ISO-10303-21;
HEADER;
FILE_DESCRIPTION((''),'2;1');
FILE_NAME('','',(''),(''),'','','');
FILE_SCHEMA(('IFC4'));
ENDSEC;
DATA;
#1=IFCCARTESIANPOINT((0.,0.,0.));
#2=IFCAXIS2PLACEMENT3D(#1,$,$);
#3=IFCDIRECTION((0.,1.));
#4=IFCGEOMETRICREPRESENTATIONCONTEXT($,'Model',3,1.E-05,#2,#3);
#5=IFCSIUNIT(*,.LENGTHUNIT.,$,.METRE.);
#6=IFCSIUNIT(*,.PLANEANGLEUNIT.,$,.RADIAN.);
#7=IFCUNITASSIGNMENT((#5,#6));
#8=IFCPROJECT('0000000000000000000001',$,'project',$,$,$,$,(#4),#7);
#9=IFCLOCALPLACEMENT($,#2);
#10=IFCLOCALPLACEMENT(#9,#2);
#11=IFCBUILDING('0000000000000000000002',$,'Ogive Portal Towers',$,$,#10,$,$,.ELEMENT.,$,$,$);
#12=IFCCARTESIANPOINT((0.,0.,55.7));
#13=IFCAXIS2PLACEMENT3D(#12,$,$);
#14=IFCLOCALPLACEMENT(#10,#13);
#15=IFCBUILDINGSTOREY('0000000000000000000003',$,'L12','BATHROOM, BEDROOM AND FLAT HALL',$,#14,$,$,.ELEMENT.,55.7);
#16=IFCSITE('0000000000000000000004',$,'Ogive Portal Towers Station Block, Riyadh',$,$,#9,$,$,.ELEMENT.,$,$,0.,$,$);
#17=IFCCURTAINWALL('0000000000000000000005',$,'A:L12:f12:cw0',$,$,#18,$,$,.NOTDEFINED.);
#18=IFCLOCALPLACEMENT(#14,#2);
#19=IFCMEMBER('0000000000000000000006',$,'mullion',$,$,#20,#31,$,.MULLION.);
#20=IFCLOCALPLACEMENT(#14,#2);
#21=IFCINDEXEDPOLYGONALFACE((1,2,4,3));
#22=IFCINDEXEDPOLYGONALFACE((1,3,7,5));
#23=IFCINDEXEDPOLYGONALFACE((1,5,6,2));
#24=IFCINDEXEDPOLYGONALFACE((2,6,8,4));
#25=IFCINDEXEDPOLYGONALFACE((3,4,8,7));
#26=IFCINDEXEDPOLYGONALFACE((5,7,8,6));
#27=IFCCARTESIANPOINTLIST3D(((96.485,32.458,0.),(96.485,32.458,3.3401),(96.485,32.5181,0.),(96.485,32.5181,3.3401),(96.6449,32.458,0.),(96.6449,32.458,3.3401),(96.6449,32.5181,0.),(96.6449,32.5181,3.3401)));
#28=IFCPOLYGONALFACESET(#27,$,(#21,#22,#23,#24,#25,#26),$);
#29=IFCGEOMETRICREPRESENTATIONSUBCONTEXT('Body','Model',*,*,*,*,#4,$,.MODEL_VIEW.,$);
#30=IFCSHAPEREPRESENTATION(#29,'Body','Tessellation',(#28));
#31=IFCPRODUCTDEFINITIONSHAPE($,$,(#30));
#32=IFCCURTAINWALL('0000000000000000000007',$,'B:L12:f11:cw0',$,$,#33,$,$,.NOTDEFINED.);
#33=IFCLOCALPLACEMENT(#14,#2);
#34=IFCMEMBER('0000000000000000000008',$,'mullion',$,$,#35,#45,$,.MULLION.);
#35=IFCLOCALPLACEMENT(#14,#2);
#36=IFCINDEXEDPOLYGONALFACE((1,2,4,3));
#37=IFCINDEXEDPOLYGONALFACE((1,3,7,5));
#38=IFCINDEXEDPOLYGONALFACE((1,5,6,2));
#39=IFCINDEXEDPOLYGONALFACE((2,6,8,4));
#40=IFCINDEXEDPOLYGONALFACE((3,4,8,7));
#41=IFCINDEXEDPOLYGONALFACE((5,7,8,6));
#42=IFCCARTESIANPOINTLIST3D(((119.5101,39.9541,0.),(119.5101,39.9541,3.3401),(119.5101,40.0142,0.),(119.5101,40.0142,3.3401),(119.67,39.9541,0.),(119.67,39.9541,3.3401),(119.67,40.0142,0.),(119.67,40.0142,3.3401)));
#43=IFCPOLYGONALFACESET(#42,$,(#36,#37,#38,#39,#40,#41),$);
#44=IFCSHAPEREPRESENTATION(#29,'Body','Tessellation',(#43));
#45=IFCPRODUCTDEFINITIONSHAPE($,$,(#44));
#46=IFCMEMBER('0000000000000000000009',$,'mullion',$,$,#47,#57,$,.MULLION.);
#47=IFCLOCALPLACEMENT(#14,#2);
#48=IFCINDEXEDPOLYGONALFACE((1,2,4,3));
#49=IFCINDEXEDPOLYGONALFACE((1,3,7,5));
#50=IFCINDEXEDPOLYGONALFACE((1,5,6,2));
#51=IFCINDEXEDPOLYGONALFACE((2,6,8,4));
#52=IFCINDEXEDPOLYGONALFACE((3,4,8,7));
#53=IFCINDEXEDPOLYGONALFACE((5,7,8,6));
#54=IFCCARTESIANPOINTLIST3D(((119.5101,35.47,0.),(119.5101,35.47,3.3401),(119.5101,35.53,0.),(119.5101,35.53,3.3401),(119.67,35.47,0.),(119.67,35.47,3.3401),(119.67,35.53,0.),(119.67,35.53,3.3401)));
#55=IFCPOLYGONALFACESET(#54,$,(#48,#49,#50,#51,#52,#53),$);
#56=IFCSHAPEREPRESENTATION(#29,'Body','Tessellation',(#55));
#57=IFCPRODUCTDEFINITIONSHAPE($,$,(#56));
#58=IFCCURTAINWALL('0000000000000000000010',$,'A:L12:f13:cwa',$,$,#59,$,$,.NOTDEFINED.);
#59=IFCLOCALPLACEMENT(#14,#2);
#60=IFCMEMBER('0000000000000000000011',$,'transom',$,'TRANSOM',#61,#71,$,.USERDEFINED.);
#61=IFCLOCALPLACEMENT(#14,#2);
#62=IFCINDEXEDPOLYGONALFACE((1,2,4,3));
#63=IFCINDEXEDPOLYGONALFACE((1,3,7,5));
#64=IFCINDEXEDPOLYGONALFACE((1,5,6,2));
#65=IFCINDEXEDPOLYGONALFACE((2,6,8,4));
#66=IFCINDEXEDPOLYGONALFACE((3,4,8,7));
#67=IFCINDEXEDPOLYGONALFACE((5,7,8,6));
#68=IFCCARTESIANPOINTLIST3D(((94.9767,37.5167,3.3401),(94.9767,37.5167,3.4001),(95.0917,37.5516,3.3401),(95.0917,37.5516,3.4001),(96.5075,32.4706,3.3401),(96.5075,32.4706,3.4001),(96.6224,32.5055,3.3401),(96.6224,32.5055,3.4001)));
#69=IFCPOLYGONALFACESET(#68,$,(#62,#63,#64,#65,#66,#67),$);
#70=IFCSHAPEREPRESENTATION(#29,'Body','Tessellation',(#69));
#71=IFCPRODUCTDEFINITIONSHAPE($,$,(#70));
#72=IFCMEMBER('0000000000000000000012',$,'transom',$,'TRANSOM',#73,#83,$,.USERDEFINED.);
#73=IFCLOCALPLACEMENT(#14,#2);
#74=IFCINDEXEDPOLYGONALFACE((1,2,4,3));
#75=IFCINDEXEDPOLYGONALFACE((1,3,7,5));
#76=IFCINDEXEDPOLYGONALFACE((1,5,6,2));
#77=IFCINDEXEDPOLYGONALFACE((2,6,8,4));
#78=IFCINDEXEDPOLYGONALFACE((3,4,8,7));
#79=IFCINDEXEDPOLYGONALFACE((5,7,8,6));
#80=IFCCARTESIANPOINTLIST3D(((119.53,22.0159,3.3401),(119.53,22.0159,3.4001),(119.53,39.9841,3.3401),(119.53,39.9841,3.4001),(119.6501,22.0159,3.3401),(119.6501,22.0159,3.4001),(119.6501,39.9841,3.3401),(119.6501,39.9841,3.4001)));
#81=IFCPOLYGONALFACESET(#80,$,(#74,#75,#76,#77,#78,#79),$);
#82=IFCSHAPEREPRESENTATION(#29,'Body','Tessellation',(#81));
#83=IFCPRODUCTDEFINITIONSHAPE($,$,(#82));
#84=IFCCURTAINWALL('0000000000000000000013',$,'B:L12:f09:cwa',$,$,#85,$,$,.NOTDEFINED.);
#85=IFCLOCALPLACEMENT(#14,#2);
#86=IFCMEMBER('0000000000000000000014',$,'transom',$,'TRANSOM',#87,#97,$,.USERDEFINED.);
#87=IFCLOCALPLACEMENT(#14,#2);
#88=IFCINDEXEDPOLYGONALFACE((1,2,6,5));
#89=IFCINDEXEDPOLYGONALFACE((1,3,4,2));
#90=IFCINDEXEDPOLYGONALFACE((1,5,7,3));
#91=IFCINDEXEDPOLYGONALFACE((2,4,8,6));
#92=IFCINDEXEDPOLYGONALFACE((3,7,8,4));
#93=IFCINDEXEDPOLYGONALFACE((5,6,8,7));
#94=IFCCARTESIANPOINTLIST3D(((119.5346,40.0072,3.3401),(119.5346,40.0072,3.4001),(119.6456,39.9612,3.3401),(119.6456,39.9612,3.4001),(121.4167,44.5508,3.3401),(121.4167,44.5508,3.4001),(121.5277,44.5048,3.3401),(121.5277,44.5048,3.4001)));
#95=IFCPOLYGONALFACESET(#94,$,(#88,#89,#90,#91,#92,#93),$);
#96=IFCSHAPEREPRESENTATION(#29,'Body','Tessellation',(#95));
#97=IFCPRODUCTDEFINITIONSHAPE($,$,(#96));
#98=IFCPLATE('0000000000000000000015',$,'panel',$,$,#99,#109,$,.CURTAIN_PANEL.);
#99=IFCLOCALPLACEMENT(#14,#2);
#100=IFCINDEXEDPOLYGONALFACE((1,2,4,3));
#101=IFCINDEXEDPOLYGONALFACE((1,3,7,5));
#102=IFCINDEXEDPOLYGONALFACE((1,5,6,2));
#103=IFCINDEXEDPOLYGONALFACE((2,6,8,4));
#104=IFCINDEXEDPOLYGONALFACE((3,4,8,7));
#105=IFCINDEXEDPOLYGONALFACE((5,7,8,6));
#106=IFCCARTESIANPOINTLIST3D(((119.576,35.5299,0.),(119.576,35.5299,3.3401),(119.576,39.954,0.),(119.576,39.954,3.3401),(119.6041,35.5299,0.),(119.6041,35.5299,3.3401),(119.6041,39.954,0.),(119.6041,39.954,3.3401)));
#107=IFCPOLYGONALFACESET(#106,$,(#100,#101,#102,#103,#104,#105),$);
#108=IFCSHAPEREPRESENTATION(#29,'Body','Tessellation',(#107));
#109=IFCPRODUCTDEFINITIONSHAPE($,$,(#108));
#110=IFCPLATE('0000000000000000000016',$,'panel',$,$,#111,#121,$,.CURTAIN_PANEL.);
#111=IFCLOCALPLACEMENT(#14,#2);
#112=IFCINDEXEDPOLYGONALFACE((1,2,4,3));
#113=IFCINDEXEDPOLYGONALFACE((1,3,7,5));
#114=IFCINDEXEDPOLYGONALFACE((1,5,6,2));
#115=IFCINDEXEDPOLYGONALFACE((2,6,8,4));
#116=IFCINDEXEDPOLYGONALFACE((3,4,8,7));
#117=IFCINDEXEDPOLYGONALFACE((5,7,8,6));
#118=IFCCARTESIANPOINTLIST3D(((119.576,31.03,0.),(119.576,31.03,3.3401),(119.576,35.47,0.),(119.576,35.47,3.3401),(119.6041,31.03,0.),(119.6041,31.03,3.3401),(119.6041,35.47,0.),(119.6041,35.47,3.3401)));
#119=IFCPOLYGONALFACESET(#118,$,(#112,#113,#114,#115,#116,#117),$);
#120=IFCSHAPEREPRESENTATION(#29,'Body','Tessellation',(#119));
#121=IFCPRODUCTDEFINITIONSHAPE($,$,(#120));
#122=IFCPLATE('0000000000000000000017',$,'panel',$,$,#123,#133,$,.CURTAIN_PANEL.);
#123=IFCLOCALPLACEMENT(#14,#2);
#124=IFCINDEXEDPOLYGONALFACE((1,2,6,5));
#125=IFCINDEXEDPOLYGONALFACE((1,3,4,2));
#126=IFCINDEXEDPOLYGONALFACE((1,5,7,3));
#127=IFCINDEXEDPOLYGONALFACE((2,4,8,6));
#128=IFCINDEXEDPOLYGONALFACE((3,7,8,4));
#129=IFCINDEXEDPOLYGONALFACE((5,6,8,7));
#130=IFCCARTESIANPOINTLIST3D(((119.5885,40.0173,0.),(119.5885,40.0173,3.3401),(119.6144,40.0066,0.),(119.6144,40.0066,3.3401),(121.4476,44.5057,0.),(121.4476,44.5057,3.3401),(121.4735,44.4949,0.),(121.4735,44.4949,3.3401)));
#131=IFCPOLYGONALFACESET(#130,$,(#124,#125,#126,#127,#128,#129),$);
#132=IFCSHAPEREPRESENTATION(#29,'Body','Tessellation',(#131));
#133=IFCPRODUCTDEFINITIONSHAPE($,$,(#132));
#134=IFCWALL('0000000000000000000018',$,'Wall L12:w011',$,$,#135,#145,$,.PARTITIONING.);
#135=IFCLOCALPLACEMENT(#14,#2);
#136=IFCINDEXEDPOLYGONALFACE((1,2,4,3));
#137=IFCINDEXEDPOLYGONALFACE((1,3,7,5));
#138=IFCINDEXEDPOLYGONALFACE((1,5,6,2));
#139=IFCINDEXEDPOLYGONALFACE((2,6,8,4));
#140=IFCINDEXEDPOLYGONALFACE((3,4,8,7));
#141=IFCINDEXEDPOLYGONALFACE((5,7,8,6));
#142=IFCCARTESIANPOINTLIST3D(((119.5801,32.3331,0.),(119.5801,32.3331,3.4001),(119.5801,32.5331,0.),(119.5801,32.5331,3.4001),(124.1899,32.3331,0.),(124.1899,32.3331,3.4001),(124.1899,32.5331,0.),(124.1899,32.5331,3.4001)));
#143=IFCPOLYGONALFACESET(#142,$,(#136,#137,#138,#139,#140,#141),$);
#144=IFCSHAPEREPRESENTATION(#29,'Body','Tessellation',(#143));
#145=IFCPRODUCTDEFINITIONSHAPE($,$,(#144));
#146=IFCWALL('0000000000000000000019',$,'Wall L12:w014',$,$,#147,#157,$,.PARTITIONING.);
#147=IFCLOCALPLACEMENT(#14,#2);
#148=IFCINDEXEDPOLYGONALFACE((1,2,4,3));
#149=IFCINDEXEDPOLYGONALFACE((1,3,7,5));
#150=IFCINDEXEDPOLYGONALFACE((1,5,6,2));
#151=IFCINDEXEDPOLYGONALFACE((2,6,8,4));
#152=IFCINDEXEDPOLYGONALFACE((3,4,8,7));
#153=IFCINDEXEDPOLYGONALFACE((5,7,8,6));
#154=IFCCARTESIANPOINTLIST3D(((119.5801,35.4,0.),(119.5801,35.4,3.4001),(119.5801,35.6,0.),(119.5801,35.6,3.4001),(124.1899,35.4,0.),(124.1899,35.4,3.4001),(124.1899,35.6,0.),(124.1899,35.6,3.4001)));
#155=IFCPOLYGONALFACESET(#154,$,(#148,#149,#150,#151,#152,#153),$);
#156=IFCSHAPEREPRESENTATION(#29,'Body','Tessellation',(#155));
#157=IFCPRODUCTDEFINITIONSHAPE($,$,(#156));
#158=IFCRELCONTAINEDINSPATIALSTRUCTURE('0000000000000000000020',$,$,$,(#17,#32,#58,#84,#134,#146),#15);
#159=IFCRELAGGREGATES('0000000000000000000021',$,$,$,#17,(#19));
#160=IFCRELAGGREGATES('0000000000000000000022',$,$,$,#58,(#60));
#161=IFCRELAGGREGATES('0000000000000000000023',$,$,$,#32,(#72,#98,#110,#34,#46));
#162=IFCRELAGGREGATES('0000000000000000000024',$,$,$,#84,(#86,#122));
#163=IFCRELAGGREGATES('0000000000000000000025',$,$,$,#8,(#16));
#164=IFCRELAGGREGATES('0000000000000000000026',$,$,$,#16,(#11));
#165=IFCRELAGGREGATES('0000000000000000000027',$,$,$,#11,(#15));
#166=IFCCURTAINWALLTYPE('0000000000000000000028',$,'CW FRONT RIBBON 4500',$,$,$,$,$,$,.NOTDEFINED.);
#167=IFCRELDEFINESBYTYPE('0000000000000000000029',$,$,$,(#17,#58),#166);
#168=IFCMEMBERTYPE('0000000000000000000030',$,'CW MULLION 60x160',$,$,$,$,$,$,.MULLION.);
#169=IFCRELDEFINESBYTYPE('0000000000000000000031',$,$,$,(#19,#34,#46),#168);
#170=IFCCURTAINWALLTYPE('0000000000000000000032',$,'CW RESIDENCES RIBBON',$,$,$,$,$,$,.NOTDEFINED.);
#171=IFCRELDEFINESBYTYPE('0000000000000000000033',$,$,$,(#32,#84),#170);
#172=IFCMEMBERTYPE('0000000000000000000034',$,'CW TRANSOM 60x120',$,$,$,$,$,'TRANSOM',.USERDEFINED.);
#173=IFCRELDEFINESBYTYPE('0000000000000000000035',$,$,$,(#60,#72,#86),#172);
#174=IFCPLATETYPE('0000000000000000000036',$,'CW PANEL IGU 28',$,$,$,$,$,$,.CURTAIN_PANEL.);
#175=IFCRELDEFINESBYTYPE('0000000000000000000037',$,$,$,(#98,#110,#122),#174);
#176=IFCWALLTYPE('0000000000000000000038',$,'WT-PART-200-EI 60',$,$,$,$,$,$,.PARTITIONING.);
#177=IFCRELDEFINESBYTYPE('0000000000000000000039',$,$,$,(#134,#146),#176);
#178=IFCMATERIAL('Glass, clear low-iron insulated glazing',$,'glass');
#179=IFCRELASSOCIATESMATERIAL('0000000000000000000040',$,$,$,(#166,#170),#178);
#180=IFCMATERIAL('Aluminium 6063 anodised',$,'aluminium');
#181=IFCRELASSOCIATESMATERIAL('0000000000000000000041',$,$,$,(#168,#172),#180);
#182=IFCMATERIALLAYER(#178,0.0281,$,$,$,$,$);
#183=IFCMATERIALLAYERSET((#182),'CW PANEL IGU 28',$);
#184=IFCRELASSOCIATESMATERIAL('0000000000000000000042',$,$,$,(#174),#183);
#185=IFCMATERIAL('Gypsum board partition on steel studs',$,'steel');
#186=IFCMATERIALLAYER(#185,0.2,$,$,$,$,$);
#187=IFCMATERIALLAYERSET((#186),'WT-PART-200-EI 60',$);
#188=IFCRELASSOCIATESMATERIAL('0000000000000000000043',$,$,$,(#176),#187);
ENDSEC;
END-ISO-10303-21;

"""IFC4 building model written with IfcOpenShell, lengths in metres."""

from ifc_helpers import new_model, si_unit, direction, frame, frame_2d, origin, origin_2d, place, context, subcontext, project, spatial, rectangle, extrude, material, layer, layer_set, material_profile, profile_set, type_object, element, aggregate, save


model = new_model("IFC4")

# Units and contexts
model_context = context("Model", 3, precision=1e-05, world=origin(), true_north=direction((0.0, 1.0)))
body_context = subcontext(model_context, "Body", "Model", "MODEL_VIEW")
ifc_project = project(units=[si_unit("LENGTHUNIT", "METRE"), si_unit("PLANEANGLEUNIT", "RADIAN")], contexts=[model_context])

# Site, building, storey
site_placement = place(None, origin())
site = spatial("IfcSite", under=ifc_project, at=site_placement, Name="Ogive Portal Towers Station Block, Riyadh", CompositionType="ELEMENT", RefElevation=0.0)
building_placement = place(site_placement, origin())
building = spatial("IfcBuilding", under=site, at=building_placement, Name="Ogive Portal Towers", CompositionType="ELEMENT")
storey_placement = place(building_placement, frame((0.0, 0.0, 55.7)))
storey = spatial("IfcBuildingStorey", under=building, at=storey_placement, Name="L12", Description="BATHROOM, BEDROOM AND FLAT HALL", CompositionType="ELEMENT", Elevation=55.7)

# Curtain wall, member
ifc_material_1 = material(Name="Glass, clear low-iron insulated glazing", Category="glass")
curtain_wall_type_1 = type_object("IfcCurtainWallType", Name="CW FRONT RIBBON 4500", PredefinedType="NOTDEFINED", material=ifc_material_1)
curtain_wall_1_placement = place(storey_placement, origin())
curtain_wall_1 = element("IfcCurtainWall", 1, at=curtain_wall_1_placement, inside=storey, type_object=curtain_wall_type_1, Name="A:L12:f12:cw0", PredefinedType="NOTDEFINED")
ifc_material_2 = material(Name="Aluminium 6063 anodised", Category="aluminium")
ifc_material_profile_1 = material_profile(ifc_material_2, rectangle(XDim=0.1599, YDim=0.0601, at=origin_2d()), Name="AL 60x160")
ifc_profile_set_1 = profile_set([ifc_material_profile_1], Name="Aluminium 6063 anodised")
member_type_1 = type_object("IfcMemberType", Name="CW MULLION 60x160", PredefinedType="MULLION", material=ifc_profile_set_1)
member_1_placement = place(storey_placement, frame((96.5649, 32.488, 0.0), z_axis=(0.0, 0.0, 1.0), x_axis=(-1.0, 0.0, 0.0)))
member_1 = element("IfcMember", 2, at=member_1_placement, type_object=member_type_1, Name="mullion", PredefinedType="MULLION", context=body_context, shape_type="SweptSolid", body=[
    extrude(rectangle(XDim=0.1599, YDim=0.0601, at=origin_2d()), origin(), (0.0, 0.0, 1.0), 3.3401),
])
aggregate(curtain_wall_1, [member_1])

# Curtain wall, members
curtain_wall_type_2 = type_object("IfcCurtainWallType", Name="CW RESIDENCES RIBBON", PredefinedType="NOTDEFINED", material=ifc_material_1)
curtain_wall_2_placement = place(storey_placement, origin())
curtain_wall_2 = element("IfcCurtainWall", 3, at=curtain_wall_2_placement, inside=storey, type_object=curtain_wall_type_2, Name="B:L12:f11:cw0", PredefinedType="NOTDEFINED")
member_2_placement = place(storey_placement, frame((119.5901, 39.9841, 0.0), z_axis=(0.0, 0.0, 1.0), x_axis=(1.0, 0.0, 0.0)))
member_2 = element("IfcMember", 4, at=member_2_placement, type_object=member_type_1, Name="mullion", PredefinedType="MULLION", context=body_context, shape_type="SweptSolid", body=[
    extrude(rectangle(XDim=0.1599, YDim=0.0601, at=origin_2d()), origin(), (0.0, 0.0, 1.0), 3.3401),
])
member_3_placement = place(storey_placement, frame((119.5901, 35.5, 0.0), z_axis=(0.0, 0.0, 1.0), x_axis=(1.0, 0.0, 0.0)))
member_3 = element("IfcMember", 5, at=member_3_placement, type_object=member_type_1, Name="mullion", PredefinedType="MULLION", context=body_context, shape_type="SweptSolid", body=[
    extrude(rectangle(XDim=0.1599, YDim=0.0601, at=origin_2d()), origin(), (0.0, 0.0, 1.0), 3.3401),
])

# Curtain wall, member
curtain_wall_3_placement = place(storey_placement, origin())
curtain_wall_3 = element("IfcCurtainWall", 6, at=curtain_wall_3_placement, inside=storey, type_object=curtain_wall_type_1, Name="A:L12:f13:cwa", PredefinedType="NOTDEFINED")
ifc_material_profile_2 = material_profile(ifc_material_2, rectangle(XDim=0.1201, YDim=0.0601, at=origin_2d()), Name="AL 120x60")
ifc_profile_set_2 = profile_set([ifc_material_profile_2], Name="Aluminium 6063 anodised")
member_type_2 = type_object("IfcMemberType", Name="CW TRANSOM 60x120", ElementType="TRANSOM", PredefinedType="USERDEFINED", material=ifc_profile_set_2)
member_4_placement = place(storey_placement, frame((96.5649, 32.488, 3.3701), z_axis=(-0.29029, 0.956939, 0.0), x_axis=(-0.956939, -0.29029, 0.0)))
member_4 = element("IfcMember", 7, at=member_4_placement, type_object=member_type_2, Name="transom", ObjectType="TRANSOM", PredefinedType="USERDEFINED", context=body_context, shape_type="SweptSolid", body=[
    extrude(rectangle(XDim=0.1201, YDim=0.0601, at=origin_2d()), origin(), (0.0, 0.0, 1.0), 5.2732),
])
aggregate(curtain_wall_3, [member_4])

# Member
member_5_placement = place(storey_placement, frame((119.5901, 39.9841, 3.3701), z_axis=(0.0, -1.0, 0.0), x_axis=(1.0, 0.0, 0.0)))
member_5 = element("IfcMember", 8, at=member_5_placement, type_object=member_type_2, Name="transom", ObjectType="TRANSOM", PredefinedType="USERDEFINED", context=body_context, shape_type="SweptSolid", body=[
    extrude(rectangle(XDim=0.1201, YDim=0.0601, at=origin_2d()), origin(), (0.0, 0.0, 1.0), 17.9683),
])

# Curtain wall, member
curtain_wall_4_placement = place(storey_placement, origin())
curtain_wall_4 = element("IfcCurtainWall", 9, at=curtain_wall_4_placement, inside=storey, type_object=curtain_wall_type_2, Name="B:L12:f09:cwa", PredefinedType="NOTDEFINED")
member_6_placement = place(storey_placement, frame((121.4722, 44.5278, 3.3701), z_axis=(-0.382686, -0.923878, 0.0), x_axis=(0.923878, -0.382686, 0.0)))
member_6 = element("IfcMember", 10, at=member_6_placement, type_object=member_type_2, Name="transom", ObjectType="TRANSOM", PredefinedType="USERDEFINED", context=body_context, shape_type="SweptSolid", body=[
    extrude(rectangle(XDim=0.1201, YDim=0.0601, at=origin_2d()), origin(), (0.0, 0.0, 1.0), 4.918),
])

# Plates
ifc_layer_1 = layer(ifc_material_1, 0.0281)
ifc_layer_set_1 = layer_set([ifc_layer_1], Name="CW PANEL IGU 28")
plate_type = type_object("IfcPlateType", Name="CW PANEL IGU 28", PredefinedType="CURTAIN_PANEL", material=ifc_layer_set_1)
plate_1_placement = place(storey_placement, frame((119.5901, 37.7419, 0.0), z_axis=(0.0, 0.0, 1.0), x_axis=(0.0, -1.0, 0.0)))
plate_1 = element("IfcPlate", 11, at=plate_1_placement, type_object=plate_type, Name="panel", PredefinedType="CURTAIN_PANEL", context=body_context, shape_type="SweptSolid", body=[
    extrude(rectangle(XDim=4.4241, YDim=0.0281, at=origin_2d()), origin(), (0.0, 0.0, 1.0), 3.3401),
])
plate_2_placement = place(storey_placement, frame((119.5901, 33.25, 0.0), z_axis=(0.0, 0.0, 1.0), x_axis=(0.0, -1.0, 0.0)))
plate_2 = element("IfcPlate", 12, at=plate_2_placement, type_object=plate_type, Name="panel", PredefinedType="CURTAIN_PANEL", context=body_context, shape_type="SweptSolid", body=[
    extrude(rectangle(XDim=4.4399, YDim=0.0281, at=origin_2d()), origin(), (0.0, 0.0, 1.0), 3.3401),
])
aggregate(curtain_wall_2, [member_5, plate_1, plate_2, member_2, member_3])
plate_3_placement = place(storey_placement, frame((120.531, 42.2561, 0.0), z_axis=(0.0, 0.0, 1.0), x_axis=(-0.382683, -0.92388, 0.0)))
plate_3 = element("IfcPlate", 13, at=plate_3_placement, type_object=plate_type, Name="panel", PredefinedType="CURTAIN_PANEL", context=body_context, shape_type="SweptSolid", body=[
    extrude(rectangle(XDim=4.8582, YDim=0.0281, at=origin_2d()), origin(), (0.0, 0.0, 1.0), 3.3401),
])
aggregate(curtain_wall_4, [member_6, plate_3])

# Walls
ifc_material_3 = material(Name="Gypsum board partition on steel studs", Category="steel")
ifc_layer_2 = layer(ifc_material_3, 0.2)
ifc_layer_set_2 = layer_set([ifc_layer_2], Name="WT-PART-200-EI 60")
wall_type = type_object("IfcWallType", Name="WT-PART-200-EI 60", PredefinedType="PARTITIONING", material=ifc_layer_set_2)
for number, where, z_axis, x_axis, name in (
    (14, (119.5801, 32.4331, 0.0), (0.0, 0.0, 1.0), (1.0, 0.0, 0.0), "Wall L12:w011"),
    (15, (119.5801, 35.5, 0.0), (0.0, 0.0, 1.0), (1.0, 0.0, 0.0), "Wall L12:w014"),
):
    element("IfcWall", number, at=place(storey_placement, frame(where, z_axis=z_axis, x_axis=x_axis)), inside=storey, type_object=wall_type, Name=name, PredefinedType="PARTITIONING", context=body_context, shape_type="SweptSolid", body=[
        extrude(rectangle(XDim=4.6099, YDim=0.2, at=frame_2d((2.3049, 0.0))), origin(), (0.0, 0.0, 1.0), 3.4001),
    ])

save(model, "model.ifc")
